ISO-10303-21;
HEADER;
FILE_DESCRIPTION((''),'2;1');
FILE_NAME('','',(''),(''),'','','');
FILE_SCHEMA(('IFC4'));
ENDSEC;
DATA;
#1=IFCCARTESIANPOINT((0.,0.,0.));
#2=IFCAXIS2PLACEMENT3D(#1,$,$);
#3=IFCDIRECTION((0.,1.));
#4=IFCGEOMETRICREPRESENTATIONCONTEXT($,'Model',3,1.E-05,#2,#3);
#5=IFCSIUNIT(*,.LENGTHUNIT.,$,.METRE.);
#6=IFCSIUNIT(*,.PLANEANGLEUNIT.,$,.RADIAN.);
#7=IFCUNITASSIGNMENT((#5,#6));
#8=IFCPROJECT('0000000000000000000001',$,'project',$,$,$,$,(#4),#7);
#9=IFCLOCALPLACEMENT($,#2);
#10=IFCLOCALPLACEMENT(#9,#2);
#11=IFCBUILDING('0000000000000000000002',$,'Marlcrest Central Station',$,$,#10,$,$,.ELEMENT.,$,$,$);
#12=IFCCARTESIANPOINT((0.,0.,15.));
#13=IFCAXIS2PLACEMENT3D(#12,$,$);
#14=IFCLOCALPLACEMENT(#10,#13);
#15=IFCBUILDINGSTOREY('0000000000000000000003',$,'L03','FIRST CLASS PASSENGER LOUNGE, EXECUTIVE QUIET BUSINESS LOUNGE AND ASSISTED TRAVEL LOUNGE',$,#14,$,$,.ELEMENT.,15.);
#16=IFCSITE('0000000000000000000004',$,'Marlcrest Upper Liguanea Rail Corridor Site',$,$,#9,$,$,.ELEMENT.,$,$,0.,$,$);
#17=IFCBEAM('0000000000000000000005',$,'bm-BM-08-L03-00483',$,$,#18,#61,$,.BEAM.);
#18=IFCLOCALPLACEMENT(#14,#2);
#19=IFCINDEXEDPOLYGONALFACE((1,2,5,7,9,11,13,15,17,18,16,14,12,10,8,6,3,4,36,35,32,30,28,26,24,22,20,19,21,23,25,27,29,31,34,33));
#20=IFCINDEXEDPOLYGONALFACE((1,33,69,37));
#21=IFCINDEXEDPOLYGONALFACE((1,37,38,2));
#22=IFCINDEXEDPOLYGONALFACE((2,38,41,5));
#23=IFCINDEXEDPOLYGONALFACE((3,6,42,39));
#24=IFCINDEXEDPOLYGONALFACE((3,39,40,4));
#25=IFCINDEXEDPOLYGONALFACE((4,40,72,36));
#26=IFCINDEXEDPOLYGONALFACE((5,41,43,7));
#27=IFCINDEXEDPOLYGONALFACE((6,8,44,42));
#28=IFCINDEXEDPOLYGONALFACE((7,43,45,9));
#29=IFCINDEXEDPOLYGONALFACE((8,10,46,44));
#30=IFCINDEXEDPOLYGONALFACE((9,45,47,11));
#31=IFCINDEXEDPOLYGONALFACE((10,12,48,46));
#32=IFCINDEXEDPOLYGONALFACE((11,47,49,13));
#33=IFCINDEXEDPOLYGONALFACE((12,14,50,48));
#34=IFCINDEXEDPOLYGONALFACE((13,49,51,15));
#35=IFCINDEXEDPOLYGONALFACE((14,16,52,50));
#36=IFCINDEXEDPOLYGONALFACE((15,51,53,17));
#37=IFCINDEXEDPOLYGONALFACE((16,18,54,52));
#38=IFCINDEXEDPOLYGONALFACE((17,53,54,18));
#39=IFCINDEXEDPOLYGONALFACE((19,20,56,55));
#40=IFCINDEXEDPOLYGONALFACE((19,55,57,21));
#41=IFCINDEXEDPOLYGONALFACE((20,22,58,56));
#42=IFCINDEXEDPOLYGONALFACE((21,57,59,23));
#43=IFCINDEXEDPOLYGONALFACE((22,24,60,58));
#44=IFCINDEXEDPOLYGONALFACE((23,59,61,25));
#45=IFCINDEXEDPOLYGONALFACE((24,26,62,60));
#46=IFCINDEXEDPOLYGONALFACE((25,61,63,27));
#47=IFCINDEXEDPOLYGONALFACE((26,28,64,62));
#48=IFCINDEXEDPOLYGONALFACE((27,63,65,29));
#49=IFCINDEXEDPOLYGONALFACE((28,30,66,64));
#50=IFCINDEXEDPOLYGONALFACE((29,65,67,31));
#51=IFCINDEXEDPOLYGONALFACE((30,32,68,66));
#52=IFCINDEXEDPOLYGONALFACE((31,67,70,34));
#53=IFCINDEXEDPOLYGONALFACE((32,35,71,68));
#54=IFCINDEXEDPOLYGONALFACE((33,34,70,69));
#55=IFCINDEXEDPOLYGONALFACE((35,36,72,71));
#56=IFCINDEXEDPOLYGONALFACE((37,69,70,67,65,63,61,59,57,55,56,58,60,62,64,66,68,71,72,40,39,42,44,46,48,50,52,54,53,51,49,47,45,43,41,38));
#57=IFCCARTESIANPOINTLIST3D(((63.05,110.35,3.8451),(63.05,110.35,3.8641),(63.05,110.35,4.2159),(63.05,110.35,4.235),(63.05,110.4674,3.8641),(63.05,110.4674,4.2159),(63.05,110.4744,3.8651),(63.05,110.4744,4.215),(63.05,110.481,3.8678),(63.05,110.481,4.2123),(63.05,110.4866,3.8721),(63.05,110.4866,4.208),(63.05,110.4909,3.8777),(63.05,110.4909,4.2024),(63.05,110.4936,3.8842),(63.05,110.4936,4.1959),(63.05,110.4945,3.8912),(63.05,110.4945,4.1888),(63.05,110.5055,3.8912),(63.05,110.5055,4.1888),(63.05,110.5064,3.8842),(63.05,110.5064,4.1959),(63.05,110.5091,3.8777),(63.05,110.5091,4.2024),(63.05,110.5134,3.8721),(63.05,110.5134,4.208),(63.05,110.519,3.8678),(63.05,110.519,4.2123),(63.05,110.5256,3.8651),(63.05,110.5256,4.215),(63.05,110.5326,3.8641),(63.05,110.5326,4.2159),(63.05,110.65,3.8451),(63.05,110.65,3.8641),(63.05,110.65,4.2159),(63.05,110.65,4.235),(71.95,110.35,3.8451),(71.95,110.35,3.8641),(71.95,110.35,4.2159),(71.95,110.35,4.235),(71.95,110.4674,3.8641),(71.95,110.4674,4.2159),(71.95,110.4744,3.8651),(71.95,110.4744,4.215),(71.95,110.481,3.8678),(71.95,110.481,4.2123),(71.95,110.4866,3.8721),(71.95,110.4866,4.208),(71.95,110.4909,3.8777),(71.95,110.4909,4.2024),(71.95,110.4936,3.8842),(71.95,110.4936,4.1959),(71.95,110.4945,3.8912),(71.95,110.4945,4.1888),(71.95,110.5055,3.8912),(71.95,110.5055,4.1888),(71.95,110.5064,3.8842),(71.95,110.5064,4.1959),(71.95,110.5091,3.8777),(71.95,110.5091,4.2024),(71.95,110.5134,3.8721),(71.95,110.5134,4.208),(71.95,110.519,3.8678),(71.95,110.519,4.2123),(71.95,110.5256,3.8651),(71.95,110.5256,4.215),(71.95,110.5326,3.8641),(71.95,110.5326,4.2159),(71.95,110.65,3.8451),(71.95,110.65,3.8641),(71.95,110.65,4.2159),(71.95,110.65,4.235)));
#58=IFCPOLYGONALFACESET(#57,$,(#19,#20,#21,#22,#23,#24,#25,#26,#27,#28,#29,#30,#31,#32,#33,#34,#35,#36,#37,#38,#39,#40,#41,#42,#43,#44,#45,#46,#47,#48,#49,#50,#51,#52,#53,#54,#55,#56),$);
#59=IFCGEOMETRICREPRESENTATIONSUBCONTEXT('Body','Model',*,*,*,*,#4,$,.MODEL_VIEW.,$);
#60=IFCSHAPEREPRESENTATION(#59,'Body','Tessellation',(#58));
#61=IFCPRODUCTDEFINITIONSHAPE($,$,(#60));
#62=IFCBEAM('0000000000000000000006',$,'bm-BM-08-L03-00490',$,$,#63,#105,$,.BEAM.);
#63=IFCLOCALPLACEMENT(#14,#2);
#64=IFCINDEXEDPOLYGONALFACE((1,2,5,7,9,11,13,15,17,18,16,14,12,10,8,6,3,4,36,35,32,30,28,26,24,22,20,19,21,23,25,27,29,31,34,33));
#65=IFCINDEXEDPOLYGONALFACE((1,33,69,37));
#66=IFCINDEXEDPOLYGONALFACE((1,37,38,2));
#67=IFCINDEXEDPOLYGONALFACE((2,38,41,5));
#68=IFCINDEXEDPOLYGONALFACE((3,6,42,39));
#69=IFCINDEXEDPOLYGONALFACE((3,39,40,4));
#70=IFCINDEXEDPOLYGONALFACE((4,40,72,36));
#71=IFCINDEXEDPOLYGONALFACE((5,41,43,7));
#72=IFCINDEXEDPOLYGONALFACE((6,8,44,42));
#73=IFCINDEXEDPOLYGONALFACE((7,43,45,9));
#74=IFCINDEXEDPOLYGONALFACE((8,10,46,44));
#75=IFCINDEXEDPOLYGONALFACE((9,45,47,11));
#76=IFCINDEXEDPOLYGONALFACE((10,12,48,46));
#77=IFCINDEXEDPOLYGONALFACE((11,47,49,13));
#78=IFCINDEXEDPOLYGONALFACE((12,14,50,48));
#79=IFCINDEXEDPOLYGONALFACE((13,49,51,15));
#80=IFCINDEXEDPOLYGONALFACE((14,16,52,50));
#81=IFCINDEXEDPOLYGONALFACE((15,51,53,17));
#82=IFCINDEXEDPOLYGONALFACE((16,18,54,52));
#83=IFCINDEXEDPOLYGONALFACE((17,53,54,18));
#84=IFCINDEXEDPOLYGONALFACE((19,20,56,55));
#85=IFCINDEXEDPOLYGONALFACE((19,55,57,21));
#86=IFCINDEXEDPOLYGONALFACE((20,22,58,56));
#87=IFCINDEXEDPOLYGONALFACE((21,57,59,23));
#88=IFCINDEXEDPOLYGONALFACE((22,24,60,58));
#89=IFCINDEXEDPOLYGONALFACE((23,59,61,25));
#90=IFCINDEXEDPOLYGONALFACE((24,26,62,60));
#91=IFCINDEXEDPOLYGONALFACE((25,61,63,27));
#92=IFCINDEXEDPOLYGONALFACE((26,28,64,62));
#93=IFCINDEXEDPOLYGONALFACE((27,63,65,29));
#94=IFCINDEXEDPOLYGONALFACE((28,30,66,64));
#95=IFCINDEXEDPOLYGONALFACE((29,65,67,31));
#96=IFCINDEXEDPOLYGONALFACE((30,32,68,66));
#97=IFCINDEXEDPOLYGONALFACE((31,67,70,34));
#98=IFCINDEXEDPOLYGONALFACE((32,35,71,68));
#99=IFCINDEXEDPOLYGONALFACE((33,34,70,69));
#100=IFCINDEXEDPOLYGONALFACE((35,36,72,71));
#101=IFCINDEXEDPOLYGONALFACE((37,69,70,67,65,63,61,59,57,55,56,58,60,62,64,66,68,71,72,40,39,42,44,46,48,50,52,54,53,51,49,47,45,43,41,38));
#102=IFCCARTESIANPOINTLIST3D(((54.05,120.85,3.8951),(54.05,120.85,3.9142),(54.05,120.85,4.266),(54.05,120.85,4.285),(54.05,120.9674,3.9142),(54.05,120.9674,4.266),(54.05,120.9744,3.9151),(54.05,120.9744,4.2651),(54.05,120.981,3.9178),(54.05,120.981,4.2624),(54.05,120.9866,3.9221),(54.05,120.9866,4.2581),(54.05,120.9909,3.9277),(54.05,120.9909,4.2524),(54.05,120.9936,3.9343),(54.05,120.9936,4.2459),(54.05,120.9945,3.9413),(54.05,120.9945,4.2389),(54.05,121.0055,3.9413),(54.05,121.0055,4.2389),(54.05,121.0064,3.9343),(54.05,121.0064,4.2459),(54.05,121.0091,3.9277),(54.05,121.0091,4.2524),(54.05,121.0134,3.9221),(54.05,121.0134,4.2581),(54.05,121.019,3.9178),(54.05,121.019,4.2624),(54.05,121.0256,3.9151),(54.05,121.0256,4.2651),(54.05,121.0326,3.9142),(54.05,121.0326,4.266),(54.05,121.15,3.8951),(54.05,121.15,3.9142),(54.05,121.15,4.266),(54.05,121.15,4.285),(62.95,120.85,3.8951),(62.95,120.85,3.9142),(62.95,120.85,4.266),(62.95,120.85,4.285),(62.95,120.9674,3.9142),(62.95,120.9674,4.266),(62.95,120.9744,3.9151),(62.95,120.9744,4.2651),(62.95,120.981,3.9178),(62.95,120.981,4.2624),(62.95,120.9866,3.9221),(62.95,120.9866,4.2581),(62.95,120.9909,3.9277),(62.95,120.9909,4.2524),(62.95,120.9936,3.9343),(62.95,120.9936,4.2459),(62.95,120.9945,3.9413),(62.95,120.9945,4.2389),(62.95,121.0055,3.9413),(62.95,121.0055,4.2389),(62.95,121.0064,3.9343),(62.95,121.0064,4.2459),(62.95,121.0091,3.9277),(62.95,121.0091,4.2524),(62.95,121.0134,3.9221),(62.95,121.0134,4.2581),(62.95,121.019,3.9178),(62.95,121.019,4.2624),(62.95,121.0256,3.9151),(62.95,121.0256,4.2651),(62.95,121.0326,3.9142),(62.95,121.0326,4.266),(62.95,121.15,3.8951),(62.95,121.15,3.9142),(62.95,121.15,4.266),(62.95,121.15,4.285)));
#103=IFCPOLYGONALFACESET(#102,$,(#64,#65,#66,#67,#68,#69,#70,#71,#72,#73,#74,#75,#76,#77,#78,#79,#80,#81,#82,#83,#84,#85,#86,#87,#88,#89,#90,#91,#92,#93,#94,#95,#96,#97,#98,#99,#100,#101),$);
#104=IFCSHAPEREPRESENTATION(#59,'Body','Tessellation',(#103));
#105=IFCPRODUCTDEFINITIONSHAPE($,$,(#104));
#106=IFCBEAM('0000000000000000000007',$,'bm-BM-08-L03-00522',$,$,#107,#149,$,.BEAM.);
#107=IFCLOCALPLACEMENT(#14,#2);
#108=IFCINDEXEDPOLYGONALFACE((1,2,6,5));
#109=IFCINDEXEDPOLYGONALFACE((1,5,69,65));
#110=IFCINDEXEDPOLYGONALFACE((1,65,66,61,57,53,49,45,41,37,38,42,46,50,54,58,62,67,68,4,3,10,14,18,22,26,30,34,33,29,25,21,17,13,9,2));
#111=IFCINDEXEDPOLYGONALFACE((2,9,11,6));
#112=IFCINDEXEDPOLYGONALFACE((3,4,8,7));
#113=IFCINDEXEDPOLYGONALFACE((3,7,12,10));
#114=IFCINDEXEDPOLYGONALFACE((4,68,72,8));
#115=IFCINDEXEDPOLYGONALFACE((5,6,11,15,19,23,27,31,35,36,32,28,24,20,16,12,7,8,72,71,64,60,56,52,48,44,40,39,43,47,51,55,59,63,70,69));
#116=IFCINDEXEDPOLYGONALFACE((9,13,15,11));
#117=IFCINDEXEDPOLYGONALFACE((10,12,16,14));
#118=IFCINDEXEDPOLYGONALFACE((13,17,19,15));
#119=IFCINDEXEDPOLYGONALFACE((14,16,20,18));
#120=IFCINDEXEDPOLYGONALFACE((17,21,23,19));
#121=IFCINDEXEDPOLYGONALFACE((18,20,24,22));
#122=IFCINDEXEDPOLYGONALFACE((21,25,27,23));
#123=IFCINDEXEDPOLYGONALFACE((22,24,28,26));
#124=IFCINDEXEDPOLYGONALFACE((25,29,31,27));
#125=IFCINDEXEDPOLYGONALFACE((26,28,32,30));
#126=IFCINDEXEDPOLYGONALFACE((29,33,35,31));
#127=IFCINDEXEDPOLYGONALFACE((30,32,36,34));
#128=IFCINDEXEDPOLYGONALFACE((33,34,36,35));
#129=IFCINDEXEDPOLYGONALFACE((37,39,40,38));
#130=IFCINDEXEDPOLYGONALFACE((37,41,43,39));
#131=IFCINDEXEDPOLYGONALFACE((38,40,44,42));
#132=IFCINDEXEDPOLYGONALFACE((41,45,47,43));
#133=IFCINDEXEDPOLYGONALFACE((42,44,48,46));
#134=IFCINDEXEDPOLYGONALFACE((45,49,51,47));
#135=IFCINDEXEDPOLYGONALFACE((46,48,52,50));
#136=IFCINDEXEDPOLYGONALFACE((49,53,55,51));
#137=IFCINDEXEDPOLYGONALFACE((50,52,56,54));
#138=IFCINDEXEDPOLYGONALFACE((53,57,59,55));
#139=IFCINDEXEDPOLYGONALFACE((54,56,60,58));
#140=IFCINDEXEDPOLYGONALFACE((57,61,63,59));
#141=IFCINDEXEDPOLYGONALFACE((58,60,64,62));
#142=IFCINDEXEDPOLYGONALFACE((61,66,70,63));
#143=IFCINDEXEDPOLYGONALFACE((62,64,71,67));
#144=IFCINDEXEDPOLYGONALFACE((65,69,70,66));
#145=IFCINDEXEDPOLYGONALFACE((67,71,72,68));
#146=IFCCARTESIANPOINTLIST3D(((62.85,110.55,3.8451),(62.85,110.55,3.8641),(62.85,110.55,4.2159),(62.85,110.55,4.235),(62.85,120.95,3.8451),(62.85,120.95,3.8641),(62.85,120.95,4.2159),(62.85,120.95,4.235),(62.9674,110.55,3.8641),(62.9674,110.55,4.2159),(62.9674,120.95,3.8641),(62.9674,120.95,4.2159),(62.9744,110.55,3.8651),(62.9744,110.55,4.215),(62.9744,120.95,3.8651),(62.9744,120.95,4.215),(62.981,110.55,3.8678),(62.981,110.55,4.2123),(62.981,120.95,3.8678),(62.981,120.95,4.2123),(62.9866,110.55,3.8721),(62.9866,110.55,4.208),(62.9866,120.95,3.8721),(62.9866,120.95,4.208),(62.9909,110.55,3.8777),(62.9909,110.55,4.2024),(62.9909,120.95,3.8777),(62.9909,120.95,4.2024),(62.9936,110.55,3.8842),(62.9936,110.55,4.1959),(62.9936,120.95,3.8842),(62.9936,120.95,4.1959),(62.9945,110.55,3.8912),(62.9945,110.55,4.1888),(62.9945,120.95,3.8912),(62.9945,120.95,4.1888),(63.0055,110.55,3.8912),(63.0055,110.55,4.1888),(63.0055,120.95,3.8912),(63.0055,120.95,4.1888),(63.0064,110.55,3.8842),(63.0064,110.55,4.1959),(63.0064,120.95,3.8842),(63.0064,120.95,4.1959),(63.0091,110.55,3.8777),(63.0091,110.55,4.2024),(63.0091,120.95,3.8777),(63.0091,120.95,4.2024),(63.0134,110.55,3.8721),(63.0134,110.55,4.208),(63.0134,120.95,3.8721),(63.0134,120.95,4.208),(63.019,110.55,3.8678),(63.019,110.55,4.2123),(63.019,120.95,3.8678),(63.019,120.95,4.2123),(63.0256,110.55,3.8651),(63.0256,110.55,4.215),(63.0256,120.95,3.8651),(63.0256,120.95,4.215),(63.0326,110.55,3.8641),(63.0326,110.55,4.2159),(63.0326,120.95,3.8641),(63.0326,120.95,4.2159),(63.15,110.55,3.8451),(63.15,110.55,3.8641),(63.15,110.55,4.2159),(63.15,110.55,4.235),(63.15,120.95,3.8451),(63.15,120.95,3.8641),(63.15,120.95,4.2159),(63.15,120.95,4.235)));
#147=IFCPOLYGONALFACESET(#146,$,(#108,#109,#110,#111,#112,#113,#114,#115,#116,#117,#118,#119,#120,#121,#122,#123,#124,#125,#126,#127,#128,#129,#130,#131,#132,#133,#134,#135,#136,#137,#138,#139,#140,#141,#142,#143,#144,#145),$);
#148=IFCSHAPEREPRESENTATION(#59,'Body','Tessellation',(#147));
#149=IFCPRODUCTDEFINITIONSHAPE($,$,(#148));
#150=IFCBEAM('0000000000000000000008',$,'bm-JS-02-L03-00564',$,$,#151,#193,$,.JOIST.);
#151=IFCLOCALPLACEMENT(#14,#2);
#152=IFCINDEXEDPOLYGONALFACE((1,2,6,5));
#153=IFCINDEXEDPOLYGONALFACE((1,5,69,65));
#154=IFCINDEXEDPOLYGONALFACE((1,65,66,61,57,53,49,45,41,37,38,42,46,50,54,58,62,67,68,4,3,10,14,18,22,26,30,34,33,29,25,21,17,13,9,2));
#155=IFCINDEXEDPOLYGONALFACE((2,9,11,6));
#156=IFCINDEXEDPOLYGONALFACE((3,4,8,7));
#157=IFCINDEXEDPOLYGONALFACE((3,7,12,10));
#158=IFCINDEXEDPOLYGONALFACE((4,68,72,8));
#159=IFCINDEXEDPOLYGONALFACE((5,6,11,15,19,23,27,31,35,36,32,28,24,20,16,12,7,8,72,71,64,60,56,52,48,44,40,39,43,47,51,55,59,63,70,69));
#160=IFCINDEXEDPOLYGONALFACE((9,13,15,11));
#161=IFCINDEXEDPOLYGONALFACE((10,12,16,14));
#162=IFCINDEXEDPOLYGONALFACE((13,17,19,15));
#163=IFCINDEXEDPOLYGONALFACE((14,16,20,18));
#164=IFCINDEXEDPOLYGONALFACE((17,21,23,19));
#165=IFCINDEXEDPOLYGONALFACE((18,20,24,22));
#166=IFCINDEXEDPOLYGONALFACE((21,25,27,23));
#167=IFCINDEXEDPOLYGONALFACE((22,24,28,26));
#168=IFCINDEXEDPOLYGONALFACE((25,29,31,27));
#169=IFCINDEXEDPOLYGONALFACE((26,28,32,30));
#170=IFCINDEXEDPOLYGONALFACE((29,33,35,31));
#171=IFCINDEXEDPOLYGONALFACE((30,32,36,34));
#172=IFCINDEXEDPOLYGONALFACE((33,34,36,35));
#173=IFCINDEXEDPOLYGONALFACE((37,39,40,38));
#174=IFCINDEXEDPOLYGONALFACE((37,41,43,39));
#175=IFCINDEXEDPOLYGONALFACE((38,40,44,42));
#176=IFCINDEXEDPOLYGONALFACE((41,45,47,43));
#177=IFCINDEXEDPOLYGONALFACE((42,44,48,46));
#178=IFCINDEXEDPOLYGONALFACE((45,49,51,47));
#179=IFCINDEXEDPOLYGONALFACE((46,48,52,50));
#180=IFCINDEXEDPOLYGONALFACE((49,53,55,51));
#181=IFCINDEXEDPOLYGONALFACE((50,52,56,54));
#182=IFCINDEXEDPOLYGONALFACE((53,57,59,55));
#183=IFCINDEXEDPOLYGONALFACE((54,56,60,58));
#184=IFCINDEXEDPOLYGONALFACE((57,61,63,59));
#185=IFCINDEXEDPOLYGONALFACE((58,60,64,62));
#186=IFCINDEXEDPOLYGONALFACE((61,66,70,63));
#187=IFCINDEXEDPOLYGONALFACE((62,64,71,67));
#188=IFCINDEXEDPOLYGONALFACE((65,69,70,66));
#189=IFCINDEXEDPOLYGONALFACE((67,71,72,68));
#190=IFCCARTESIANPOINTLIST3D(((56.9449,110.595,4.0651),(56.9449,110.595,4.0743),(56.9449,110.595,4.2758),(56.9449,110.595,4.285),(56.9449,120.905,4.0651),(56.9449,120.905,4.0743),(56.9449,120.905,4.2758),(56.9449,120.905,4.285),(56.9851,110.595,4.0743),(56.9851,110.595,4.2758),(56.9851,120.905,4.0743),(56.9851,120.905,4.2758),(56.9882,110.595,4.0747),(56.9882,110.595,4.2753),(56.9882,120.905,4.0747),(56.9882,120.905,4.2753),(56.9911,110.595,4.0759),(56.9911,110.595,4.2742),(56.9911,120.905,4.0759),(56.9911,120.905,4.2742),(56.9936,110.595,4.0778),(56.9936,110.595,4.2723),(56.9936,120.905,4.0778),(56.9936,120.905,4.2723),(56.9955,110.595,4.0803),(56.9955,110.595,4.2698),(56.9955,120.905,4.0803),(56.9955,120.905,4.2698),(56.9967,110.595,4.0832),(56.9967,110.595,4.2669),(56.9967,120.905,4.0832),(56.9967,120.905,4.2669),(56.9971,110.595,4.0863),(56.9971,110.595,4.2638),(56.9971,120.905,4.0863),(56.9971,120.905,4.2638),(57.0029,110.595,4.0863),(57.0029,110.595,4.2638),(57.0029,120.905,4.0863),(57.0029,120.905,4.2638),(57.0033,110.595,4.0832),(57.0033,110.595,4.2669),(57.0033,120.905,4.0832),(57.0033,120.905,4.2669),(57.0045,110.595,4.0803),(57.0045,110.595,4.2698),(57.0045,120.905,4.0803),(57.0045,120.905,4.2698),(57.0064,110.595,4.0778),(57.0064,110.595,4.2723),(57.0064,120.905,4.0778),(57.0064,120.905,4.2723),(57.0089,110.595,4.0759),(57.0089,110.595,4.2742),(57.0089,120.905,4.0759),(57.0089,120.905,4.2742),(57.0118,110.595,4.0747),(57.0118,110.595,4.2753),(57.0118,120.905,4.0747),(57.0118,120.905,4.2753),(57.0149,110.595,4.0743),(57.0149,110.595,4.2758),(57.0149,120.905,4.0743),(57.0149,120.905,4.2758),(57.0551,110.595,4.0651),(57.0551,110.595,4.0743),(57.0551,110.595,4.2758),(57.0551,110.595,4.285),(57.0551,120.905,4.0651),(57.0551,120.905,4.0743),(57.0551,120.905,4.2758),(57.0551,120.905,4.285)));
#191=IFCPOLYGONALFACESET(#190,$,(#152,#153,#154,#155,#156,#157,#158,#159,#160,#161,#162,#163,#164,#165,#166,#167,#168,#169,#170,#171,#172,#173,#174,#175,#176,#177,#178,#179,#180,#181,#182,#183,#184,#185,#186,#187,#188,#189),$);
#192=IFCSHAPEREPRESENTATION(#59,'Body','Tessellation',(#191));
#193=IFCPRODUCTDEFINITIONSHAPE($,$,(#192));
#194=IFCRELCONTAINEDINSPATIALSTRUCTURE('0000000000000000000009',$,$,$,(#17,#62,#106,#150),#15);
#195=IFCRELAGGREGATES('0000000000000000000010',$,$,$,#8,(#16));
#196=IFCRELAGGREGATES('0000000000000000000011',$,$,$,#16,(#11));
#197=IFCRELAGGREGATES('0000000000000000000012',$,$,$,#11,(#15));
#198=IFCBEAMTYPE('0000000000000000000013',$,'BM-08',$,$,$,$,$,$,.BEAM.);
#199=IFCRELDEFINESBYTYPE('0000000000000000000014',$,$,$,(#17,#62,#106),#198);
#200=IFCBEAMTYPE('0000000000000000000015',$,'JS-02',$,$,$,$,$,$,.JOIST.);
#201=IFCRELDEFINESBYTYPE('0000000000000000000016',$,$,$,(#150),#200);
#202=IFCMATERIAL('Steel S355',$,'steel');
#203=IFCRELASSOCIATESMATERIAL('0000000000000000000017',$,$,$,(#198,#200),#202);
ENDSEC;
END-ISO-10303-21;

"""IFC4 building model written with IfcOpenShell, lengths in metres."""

from ifc_helpers import new_model, si_unit, direction, frame, origin, origin_2d, place, context, subcontext, project, spatial, i_section, extrude, material, material_profile, profile_set, type_object, element, save


model = new_model("IFC4")

# Units and contexts
model_context = context("Model", 3, precision=1e-05, world=origin(), true_north=direction((0.0, 1.0)))
body_context = subcontext(model_context, "Body", "Model", "MODEL_VIEW")
ifc_project = project(units=[si_unit("LENGTHUNIT", "METRE"), si_unit("PLANEANGLEUNIT", "RADIAN")], contexts=[model_context])

# Site, building, storey
site_placement = place(None, origin())
site = spatial("IfcSite", under=ifc_project, at=site_placement, Name="Marlcrest Upper Liguanea Rail Corridor Site", CompositionType="ELEMENT", RefElevation=0.0)
building_placement = place(site_placement, origin())
building = spatial("IfcBuilding", under=site, at=building_placement, Name="Marlcrest Central Station", CompositionType="ELEMENT")
storey_placement = place(building_placement, frame((0.0, 0.0, 15.0)))
storey = spatial("IfcBuildingStorey", under=building, at=storey_placement, Name="L03", Description="FIRST CLASS PASSENGER LOUNGE, EXECUTIVE QUIET BUSINESS LOUNGE AND ASSISTED TRAVEL LOUNGE", CompositionType="ELEMENT", Elevation=15.0)

# Shared definitions
ifc_material_1 = material(Name="Steel S355", Category="steel")

# Beams
ifc_material_profile_1 = material_profile(ifc_material_1, i_section(OverallWidth=0.3, OverallDepth=0.3899, WebThickness=0.011, FlangeThickness=0.019, FilletRadius=0.0271, at=origin_2d()), Name="HEA 400")
ifc_profile_set_1 = profile_set([ifc_material_profile_1], Name="Steel S355")
beam_type_1 = type_object("IfcBeamType", Name="BM-08", PredefinedType="BEAM", material=ifc_profile_set_1)
for number, where, z_axis, x_axis, name in (
    (1, (63.05, 110.5, 4.04), (1.0, 0.0, 0.0), (0.0, 1.0, 0.0), "bm-BM-08-L03-00483"),
    (2, (54.05, 121.0, 4.0901), (1.0, 0.0, 0.0), (0.0, 1.0, 0.0), "bm-BM-08-L03-00490"),
):
    element("IfcBeam", number, at=place(storey_placement, frame(where, z_axis=z_axis, x_axis=x_axis)), inside=storey, type_object=beam_type_1, Name=name, PredefinedType="BEAM", context=body_context, shape_type="SweptSolid", body=[
        extrude(i_section(OverallWidth=0.3, OverallDepth=0.3899, WebThickness=0.011, FlangeThickness=0.019, FilletRadius=0.0271, at=origin_2d()), origin(), (0.0, 0.0, 1.0), 8.8999),
    ])
beam_1_placement = place(storey_placement, frame((63.0, 110.55, 4.04), z_axis=(0.0, 1.0, 0.0), x_axis=(-1.0, 0.0, 0.0)))
element("IfcBeam", 3, at=beam_1_placement, inside=storey, type_object=beam_type_1, Name="bm-BM-08-L03-00522", PredefinedType="BEAM", context=body_context, shape_type="SweptSolid", body=[
    extrude(i_section(OverallWidth=0.3, OverallDepth=0.3899, WebThickness=0.011, FlangeThickness=0.019, FilletRadius=0.0271, at=origin_2d()), origin(), (0.0, 0.0, 1.0), 10.3999),
])
ifc_material_profile_2 = material_profile(ifc_material_1, i_section(OverallWidth=0.1101, OverallDepth=0.22, WebThickness=0.0059, FlangeThickness=0.0093, FilletRadius=0.012, at=origin_2d()), Name="IPE 220")
ifc_profile_set_2 = profile_set([ifc_material_profile_2], Name="Steel S355")
beam_type_2 = type_object("IfcBeamType", Name="JS-02", PredefinedType="JOIST", material=ifc_profile_set_2)
for number, where, z_axis, x_axis, name in (
    (4, (57.0, 110.595, 4.175), (0.0, 1.0, 0.0), (-1.0, 0.0, 0.0), "bm-JS-02-L03-00564"),
):
    element("IfcBeam", number, at=place(storey_placement, frame(where, z_axis=z_axis, x_axis=x_axis)), inside=storey, type_object=beam_type_2, Name=name, PredefinedType="JOIST", context=body_context, shape_type="SweptSolid", body=[
        extrude(i_section(OverallWidth=0.1101, OverallDepth=0.22, WebThickness=0.0059, FlangeThickness=0.0093, FilletRadius=0.012, at=origin_2d()), origin(), (0.0, 0.0, 1.0), 10.3101),
    ])

save(model, "model.ifc")
